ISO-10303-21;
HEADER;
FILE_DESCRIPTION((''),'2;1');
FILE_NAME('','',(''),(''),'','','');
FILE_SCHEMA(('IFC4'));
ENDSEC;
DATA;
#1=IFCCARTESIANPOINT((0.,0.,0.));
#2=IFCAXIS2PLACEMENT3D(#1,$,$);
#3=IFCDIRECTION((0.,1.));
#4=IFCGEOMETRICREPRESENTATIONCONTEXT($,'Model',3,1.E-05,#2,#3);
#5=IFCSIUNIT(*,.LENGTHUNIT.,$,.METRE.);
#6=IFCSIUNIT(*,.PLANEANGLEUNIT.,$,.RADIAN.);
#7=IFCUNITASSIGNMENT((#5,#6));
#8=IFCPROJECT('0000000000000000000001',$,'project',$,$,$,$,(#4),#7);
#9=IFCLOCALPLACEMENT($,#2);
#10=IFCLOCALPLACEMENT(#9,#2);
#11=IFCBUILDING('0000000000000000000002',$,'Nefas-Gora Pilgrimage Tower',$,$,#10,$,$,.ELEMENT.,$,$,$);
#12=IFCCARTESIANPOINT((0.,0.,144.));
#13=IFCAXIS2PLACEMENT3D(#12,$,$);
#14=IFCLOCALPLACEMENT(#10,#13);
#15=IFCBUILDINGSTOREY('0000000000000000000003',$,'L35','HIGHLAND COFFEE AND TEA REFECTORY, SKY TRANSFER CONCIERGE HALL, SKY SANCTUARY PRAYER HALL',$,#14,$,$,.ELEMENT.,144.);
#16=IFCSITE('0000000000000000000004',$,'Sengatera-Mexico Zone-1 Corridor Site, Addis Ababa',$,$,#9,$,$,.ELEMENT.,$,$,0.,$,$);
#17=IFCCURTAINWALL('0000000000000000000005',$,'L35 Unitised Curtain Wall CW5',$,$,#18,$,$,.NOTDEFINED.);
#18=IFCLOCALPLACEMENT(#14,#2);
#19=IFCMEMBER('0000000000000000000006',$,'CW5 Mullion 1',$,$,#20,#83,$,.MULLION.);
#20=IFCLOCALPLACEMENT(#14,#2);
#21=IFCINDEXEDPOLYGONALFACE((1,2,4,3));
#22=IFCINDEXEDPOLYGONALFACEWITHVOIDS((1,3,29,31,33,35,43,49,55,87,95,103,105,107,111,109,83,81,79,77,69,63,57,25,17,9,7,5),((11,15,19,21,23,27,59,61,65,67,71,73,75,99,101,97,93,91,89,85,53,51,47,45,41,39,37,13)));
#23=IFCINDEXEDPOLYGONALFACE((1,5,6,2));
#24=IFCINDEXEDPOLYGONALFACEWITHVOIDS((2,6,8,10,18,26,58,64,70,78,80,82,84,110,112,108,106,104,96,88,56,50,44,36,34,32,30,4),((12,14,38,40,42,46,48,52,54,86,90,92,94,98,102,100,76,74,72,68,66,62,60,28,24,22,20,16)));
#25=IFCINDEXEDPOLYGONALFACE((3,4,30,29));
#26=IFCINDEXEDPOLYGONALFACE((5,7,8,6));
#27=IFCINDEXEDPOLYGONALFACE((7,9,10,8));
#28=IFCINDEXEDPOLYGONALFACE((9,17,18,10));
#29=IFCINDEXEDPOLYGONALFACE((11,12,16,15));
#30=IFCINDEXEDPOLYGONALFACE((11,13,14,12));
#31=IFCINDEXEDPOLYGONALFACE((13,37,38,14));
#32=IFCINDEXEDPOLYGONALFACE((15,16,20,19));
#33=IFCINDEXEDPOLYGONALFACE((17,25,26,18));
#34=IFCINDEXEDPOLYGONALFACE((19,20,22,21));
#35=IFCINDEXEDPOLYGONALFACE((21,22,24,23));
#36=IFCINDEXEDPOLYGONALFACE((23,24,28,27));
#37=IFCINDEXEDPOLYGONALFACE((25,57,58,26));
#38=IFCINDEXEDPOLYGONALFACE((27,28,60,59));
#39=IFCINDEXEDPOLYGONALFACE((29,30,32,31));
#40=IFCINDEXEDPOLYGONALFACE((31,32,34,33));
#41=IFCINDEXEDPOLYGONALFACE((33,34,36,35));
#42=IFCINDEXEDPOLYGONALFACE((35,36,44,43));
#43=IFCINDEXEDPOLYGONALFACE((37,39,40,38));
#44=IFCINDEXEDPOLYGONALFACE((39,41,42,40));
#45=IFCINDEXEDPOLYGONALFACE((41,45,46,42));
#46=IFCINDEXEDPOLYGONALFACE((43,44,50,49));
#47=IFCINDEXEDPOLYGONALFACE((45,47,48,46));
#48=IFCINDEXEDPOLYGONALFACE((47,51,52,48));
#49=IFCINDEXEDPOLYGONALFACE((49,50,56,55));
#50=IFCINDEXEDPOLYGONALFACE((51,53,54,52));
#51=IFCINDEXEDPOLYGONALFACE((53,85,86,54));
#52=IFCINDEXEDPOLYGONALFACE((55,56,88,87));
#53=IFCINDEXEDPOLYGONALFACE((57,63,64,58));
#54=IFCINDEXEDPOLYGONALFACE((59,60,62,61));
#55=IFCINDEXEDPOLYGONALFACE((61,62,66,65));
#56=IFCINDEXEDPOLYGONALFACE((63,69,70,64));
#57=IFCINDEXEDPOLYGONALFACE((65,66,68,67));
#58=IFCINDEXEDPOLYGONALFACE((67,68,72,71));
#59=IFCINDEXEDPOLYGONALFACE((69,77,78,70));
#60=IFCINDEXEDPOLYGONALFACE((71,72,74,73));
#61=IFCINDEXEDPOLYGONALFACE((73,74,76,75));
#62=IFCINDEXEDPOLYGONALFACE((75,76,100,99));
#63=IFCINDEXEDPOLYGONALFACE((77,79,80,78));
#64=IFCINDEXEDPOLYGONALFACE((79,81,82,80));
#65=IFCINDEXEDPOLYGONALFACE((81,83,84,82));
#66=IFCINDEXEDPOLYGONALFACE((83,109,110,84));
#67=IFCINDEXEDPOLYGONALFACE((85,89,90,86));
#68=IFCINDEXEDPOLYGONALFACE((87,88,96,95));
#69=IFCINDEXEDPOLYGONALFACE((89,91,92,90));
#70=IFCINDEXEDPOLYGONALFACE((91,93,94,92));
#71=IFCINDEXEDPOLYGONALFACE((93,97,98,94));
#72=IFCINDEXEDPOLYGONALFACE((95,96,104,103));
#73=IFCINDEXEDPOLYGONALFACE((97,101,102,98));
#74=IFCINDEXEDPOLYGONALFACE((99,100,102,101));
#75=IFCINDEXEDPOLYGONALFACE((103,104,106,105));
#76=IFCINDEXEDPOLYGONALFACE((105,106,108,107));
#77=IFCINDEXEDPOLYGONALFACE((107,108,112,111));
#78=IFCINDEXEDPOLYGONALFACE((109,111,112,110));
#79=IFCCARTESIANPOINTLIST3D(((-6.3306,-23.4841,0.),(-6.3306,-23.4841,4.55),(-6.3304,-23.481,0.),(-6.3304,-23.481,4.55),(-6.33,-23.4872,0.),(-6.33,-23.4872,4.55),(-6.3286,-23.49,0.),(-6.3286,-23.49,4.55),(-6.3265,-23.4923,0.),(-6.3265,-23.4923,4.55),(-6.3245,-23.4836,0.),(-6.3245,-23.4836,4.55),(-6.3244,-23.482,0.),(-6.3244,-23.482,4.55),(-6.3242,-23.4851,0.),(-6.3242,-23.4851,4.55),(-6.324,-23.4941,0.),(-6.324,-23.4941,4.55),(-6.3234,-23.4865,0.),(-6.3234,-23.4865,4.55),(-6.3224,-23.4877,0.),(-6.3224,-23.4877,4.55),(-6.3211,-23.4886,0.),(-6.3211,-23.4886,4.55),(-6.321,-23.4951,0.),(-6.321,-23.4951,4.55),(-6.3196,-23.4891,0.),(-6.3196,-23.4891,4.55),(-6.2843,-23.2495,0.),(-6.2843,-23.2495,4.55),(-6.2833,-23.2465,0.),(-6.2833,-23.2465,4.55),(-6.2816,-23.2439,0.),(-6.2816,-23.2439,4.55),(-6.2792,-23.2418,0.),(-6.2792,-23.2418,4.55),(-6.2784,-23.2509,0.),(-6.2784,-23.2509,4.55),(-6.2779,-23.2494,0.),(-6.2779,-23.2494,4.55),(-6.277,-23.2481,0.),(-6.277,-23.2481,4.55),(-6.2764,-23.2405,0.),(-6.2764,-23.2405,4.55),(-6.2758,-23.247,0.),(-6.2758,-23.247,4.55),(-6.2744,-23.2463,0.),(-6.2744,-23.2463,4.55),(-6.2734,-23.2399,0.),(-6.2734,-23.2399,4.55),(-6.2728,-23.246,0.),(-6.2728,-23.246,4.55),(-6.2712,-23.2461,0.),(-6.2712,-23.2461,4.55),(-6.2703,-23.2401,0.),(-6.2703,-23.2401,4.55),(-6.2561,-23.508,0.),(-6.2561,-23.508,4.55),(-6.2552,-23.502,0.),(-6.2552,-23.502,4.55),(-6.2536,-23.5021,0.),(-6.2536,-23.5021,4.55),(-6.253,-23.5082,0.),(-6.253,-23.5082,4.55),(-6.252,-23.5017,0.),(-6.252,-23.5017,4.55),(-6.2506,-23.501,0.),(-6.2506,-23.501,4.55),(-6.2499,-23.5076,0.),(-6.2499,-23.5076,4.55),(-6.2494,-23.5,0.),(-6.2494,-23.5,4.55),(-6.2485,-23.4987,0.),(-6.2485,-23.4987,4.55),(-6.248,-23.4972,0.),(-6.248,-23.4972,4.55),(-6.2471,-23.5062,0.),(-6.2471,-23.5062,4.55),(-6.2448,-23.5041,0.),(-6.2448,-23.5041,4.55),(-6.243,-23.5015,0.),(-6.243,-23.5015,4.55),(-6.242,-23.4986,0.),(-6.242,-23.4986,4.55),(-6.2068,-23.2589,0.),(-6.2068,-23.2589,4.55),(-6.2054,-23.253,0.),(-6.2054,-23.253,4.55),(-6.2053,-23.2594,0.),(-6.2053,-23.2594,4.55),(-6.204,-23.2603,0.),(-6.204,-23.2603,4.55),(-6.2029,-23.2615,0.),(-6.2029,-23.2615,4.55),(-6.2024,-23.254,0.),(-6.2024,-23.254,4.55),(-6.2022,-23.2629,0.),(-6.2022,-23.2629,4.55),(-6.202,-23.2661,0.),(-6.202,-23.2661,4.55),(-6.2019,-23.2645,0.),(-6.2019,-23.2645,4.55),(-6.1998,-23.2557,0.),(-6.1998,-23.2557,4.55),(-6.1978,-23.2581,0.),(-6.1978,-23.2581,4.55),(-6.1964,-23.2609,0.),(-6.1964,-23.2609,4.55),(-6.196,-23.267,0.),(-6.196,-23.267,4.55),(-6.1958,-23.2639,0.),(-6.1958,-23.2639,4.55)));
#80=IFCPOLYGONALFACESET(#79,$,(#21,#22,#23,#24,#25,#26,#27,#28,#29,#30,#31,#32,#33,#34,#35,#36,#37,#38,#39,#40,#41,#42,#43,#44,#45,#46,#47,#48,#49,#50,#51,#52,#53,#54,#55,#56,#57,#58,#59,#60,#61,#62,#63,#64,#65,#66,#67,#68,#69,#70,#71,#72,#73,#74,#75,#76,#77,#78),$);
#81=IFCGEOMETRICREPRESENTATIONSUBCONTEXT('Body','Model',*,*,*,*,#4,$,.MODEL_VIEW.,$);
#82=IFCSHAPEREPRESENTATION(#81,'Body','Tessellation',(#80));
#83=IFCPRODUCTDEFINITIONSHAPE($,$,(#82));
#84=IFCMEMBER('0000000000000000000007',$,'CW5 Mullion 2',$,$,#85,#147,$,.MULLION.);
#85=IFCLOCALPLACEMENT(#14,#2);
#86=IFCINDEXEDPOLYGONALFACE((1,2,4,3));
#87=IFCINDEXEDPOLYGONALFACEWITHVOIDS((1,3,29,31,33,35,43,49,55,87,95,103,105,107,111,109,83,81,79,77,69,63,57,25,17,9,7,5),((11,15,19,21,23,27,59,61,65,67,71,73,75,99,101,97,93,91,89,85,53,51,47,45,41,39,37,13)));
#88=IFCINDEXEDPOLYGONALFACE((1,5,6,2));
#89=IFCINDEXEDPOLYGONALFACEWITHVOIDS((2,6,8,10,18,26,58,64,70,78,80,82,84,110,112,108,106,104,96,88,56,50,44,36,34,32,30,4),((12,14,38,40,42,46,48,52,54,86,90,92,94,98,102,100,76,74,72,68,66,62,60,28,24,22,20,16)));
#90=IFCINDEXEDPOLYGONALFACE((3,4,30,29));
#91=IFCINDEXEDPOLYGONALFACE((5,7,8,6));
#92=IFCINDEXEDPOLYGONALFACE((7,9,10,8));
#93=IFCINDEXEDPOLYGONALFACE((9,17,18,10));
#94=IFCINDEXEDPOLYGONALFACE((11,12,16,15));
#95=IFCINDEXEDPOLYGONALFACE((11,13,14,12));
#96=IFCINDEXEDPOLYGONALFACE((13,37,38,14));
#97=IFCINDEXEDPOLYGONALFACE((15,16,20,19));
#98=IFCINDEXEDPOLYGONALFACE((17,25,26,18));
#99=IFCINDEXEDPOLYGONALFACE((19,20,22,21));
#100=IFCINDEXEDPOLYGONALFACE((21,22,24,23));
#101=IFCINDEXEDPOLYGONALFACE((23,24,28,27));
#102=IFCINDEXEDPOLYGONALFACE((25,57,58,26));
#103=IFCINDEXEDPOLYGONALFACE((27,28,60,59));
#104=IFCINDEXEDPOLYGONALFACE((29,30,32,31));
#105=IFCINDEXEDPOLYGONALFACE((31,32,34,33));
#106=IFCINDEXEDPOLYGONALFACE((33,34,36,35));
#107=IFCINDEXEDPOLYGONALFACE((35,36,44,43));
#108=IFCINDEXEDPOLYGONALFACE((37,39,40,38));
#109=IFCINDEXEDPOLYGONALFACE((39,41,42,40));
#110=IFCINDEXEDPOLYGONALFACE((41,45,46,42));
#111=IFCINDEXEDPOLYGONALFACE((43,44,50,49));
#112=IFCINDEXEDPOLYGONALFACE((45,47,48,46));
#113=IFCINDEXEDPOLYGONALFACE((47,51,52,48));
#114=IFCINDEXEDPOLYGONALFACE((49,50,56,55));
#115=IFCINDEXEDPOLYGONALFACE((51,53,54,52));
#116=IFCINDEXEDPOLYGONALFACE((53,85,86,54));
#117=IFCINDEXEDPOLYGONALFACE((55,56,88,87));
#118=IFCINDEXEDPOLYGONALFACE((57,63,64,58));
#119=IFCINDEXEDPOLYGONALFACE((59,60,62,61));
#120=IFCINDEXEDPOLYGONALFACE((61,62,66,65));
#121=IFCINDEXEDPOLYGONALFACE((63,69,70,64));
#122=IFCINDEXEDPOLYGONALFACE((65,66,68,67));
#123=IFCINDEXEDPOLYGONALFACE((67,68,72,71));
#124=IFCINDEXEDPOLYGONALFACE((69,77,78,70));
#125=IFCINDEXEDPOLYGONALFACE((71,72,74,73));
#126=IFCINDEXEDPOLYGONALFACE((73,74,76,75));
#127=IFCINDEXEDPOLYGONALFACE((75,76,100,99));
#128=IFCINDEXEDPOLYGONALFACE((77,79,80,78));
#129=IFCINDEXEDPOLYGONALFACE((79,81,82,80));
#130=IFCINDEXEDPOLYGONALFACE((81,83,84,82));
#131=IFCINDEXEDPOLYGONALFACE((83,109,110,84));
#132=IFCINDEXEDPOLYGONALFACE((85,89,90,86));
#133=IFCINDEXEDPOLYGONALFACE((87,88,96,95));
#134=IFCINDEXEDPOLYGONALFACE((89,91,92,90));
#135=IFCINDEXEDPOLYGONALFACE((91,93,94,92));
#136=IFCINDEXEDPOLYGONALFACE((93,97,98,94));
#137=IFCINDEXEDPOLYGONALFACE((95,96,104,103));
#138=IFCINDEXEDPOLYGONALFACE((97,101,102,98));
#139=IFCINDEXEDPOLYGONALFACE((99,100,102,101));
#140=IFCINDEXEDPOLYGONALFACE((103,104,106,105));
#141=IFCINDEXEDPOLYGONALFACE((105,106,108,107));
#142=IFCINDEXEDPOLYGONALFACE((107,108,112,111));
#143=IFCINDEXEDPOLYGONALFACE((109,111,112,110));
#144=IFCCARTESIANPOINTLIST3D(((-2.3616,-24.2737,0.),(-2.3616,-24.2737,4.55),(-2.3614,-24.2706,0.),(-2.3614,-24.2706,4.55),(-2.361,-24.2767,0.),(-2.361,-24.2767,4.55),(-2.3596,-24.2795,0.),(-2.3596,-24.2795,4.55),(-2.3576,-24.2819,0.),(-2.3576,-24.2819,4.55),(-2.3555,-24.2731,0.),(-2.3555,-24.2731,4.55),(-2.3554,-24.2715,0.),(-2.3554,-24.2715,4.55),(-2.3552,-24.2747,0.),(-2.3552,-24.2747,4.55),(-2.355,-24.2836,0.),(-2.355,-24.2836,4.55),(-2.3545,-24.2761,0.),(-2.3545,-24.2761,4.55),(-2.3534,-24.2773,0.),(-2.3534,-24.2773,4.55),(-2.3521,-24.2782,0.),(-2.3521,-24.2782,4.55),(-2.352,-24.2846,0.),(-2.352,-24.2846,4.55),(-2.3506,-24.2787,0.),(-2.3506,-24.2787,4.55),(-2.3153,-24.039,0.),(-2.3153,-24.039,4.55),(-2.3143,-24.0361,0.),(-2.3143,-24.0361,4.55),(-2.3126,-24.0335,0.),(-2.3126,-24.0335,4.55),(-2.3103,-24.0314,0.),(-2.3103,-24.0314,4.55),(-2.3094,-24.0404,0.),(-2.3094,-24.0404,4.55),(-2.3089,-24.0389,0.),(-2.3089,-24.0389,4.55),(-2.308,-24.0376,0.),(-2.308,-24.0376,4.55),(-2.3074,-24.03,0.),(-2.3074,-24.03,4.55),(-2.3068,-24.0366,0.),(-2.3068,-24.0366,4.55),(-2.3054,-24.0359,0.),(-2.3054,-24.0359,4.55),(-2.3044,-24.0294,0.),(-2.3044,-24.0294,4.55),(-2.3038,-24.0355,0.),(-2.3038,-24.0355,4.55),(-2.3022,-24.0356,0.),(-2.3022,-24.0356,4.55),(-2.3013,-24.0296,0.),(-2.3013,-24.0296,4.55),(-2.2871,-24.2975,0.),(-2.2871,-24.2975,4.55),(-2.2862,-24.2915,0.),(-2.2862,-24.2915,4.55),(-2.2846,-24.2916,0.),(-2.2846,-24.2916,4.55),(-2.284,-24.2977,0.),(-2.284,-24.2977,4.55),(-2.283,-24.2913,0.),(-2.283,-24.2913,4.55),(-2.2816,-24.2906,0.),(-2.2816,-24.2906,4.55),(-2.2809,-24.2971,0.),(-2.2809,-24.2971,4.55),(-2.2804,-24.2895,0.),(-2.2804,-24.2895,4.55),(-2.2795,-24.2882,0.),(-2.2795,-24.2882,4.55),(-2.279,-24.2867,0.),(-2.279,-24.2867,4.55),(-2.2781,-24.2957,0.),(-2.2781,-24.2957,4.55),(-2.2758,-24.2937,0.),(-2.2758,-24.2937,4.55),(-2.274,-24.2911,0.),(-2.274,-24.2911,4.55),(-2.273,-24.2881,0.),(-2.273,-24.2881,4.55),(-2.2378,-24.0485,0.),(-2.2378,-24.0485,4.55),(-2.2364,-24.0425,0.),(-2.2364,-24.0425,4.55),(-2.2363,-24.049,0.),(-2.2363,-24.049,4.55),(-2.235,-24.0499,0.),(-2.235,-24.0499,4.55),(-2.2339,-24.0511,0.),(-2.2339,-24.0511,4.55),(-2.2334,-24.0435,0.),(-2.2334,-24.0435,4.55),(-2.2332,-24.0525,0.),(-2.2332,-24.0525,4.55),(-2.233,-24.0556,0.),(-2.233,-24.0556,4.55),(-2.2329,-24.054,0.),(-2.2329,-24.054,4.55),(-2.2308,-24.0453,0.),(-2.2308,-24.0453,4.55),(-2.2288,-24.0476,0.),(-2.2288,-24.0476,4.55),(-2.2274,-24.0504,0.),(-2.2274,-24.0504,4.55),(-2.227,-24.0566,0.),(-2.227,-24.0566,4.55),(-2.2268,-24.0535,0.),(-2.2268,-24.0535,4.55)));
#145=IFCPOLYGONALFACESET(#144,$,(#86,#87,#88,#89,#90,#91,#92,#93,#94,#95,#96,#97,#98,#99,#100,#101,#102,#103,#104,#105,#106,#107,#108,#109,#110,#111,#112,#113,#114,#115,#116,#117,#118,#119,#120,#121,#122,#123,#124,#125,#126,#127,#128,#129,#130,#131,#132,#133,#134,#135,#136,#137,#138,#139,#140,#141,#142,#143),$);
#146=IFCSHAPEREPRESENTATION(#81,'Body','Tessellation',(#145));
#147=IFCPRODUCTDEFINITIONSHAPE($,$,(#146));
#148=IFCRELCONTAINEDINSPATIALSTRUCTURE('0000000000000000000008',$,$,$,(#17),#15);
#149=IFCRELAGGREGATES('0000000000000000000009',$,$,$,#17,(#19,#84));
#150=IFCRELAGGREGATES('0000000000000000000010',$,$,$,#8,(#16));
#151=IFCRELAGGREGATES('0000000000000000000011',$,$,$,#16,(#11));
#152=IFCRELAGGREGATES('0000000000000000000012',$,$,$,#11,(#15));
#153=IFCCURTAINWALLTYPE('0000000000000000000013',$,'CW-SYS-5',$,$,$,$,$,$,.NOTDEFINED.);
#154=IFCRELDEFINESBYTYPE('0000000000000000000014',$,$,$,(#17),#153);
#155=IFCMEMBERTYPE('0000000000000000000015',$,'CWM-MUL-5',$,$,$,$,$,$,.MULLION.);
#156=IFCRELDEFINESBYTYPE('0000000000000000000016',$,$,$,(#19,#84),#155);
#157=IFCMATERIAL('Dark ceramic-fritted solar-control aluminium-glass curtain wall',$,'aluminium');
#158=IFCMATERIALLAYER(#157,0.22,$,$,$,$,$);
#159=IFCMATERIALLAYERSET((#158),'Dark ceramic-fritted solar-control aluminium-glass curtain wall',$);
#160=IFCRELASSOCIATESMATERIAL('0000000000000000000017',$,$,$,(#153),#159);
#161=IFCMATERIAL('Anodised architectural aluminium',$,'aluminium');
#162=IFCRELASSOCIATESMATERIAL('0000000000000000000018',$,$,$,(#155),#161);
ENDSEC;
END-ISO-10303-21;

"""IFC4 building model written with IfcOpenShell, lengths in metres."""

from ifc_helpers import new_model, si_unit, direction, frame, origin, origin_2d, place, context, subcontext, project, spatial, hollow_rectangle, extrude, source, transform, mapped, material, layer, layer_set, material_profile, profile_set, type_object, element, aggregate, save


model = new_model("IFC4")

# Units and contexts
model_context = context("Model", 3, precision=1e-05, world=origin(), true_north=direction((0.0, 1.0)))
body_context = subcontext(model_context, "Body", "Model", "MODEL_VIEW")
ifc_project = project(units=[si_unit("LENGTHUNIT", "METRE"), si_unit("PLANEANGLEUNIT", "RADIAN")], contexts=[model_context])

# Site, building, storey
site_placement = place(None, origin())
site = spatial("IfcSite", under=ifc_project, at=site_placement, Name="Sengatera-Mexico Zone-1 Corridor Site, Addis Ababa", CompositionType="ELEMENT", RefElevation=0.0)
building_placement = place(site_placement, origin())
building = spatial("IfcBuilding", under=site, at=building_placement, Name="Nefas-Gora Pilgrimage Tower", CompositionType="ELEMENT")
storey_placement = place(building_placement, frame((0.0, 0.0, 144.0)))
storey = spatial("IfcBuildingStorey", under=building, at=storey_placement, Name="L35", Description="HIGHLAND COFFEE AND TEA REFECTORY, SKY TRANSFER CONCIERGE HALL, SKY SANCTUARY PRAYER HALL", CompositionType="ELEMENT", Elevation=144.0)

# Curtain wall
ifc_material_1 = material(Name="Dark ceramic-fritted solar-control aluminium-glass curtain wall", Category="aluminium")
ifc_layer_1 = layer(ifc_material_1, 0.22)
ifc_layer_set_1 = layer_set([ifc_layer_1], Name="Dark ceramic-fritted solar-control aluminium-glass curtain wall")
curtain_wall_type = type_object("IfcCurtainWallType", Name="CW-SYS-5", PredefinedType="NOTDEFINED", material=ifc_layer_set_1)
curtain_wall_1_placement = place(storey_placement, origin())
curtain_wall_1 = element("IfcCurtainWall", 1, at=curtain_wall_1_placement, inside=storey, type_object=curtain_wall_type, Name="L35 Unitised Curtain Wall CW5", PredefinedType="NOTDEFINED")
ifc_material_2 = material(Name="Anodised architectural aluminium", Category="aluminium")
ifc_material_profile_1 = material_profile(ifc_material_2, hollow_rectangle(XDim=0.0901, YDim=0.26, WallThickness=0.0061, InnerFilletRadius=0.0061, OuterFilletRadius=0.012, at=origin_2d()), Name="ALU MULLION 90x260")
ifc_profile_set_1 = profile_set([ifc_material_profile_1], Name="Anodised architectural aluminium")
member_type_1 = type_object("IfcMemberType", Name="CWM-MUL-5", PredefinedType="MULLION", material=ifc_profile_set_1)
shared_shape_1 = source(origin(), body_context, "Body", "SweptSolid", [
    extrude(hollow_rectangle(XDim=0.0901, YDim=0.26, WallThickness=0.0061, InnerFilletRadius=0.0061, OuterFilletRadius=0.012, at=origin_2d()), origin(), (0.0, 0.0, 1.0), 4.55),
])

# Members
member_1_placement = place(storey_placement, frame((-6.2632, -23.374, 0.0), z_axis=(0.0, 0.0, 1.0), x_axis=(0.980783, -0.195102, 0.0)))
member_1 = element("IfcMember", 2, at=member_1_placement, type_object=member_type_1, Name="CW5 Mullion 1", PredefinedType="MULLION", context=body_context, shape_type="MappedRepresentation", body=[
    mapped(shared_shape_1, transform((0.0, 0.0, 0.0), x_axis=(1.0, 0.0, 0.0), y_axis=(0.0, 1.0, 0.0), z_axis=(0.0, 0.0, 1.0), scale=1.0)),
])
member_2_placement = place(storey_placement, frame((-2.2942, -24.1636, 0.0), z_axis=(0.0, 0.0, 1.0), x_axis=(0.980783, -0.195102, 0.0)))
member_2 = element("IfcMember", 3, at=member_2_placement, type_object=member_type_1, Name="CW5 Mullion 2", PredefinedType="MULLION", context=body_context, shape_type="MappedRepresentation", body=[
    mapped(shared_shape_1, transform((0.0, 0.0, 0.0), x_axis=(1.0, 0.0, 0.0), y_axis=(0.0, 1.0, 0.0), z_axis=(0.0, 0.0, 1.0), scale=1.0)),
])

aggregate(curtain_wall_1, [member_1, member_2])

save(model, "model.ifc")
